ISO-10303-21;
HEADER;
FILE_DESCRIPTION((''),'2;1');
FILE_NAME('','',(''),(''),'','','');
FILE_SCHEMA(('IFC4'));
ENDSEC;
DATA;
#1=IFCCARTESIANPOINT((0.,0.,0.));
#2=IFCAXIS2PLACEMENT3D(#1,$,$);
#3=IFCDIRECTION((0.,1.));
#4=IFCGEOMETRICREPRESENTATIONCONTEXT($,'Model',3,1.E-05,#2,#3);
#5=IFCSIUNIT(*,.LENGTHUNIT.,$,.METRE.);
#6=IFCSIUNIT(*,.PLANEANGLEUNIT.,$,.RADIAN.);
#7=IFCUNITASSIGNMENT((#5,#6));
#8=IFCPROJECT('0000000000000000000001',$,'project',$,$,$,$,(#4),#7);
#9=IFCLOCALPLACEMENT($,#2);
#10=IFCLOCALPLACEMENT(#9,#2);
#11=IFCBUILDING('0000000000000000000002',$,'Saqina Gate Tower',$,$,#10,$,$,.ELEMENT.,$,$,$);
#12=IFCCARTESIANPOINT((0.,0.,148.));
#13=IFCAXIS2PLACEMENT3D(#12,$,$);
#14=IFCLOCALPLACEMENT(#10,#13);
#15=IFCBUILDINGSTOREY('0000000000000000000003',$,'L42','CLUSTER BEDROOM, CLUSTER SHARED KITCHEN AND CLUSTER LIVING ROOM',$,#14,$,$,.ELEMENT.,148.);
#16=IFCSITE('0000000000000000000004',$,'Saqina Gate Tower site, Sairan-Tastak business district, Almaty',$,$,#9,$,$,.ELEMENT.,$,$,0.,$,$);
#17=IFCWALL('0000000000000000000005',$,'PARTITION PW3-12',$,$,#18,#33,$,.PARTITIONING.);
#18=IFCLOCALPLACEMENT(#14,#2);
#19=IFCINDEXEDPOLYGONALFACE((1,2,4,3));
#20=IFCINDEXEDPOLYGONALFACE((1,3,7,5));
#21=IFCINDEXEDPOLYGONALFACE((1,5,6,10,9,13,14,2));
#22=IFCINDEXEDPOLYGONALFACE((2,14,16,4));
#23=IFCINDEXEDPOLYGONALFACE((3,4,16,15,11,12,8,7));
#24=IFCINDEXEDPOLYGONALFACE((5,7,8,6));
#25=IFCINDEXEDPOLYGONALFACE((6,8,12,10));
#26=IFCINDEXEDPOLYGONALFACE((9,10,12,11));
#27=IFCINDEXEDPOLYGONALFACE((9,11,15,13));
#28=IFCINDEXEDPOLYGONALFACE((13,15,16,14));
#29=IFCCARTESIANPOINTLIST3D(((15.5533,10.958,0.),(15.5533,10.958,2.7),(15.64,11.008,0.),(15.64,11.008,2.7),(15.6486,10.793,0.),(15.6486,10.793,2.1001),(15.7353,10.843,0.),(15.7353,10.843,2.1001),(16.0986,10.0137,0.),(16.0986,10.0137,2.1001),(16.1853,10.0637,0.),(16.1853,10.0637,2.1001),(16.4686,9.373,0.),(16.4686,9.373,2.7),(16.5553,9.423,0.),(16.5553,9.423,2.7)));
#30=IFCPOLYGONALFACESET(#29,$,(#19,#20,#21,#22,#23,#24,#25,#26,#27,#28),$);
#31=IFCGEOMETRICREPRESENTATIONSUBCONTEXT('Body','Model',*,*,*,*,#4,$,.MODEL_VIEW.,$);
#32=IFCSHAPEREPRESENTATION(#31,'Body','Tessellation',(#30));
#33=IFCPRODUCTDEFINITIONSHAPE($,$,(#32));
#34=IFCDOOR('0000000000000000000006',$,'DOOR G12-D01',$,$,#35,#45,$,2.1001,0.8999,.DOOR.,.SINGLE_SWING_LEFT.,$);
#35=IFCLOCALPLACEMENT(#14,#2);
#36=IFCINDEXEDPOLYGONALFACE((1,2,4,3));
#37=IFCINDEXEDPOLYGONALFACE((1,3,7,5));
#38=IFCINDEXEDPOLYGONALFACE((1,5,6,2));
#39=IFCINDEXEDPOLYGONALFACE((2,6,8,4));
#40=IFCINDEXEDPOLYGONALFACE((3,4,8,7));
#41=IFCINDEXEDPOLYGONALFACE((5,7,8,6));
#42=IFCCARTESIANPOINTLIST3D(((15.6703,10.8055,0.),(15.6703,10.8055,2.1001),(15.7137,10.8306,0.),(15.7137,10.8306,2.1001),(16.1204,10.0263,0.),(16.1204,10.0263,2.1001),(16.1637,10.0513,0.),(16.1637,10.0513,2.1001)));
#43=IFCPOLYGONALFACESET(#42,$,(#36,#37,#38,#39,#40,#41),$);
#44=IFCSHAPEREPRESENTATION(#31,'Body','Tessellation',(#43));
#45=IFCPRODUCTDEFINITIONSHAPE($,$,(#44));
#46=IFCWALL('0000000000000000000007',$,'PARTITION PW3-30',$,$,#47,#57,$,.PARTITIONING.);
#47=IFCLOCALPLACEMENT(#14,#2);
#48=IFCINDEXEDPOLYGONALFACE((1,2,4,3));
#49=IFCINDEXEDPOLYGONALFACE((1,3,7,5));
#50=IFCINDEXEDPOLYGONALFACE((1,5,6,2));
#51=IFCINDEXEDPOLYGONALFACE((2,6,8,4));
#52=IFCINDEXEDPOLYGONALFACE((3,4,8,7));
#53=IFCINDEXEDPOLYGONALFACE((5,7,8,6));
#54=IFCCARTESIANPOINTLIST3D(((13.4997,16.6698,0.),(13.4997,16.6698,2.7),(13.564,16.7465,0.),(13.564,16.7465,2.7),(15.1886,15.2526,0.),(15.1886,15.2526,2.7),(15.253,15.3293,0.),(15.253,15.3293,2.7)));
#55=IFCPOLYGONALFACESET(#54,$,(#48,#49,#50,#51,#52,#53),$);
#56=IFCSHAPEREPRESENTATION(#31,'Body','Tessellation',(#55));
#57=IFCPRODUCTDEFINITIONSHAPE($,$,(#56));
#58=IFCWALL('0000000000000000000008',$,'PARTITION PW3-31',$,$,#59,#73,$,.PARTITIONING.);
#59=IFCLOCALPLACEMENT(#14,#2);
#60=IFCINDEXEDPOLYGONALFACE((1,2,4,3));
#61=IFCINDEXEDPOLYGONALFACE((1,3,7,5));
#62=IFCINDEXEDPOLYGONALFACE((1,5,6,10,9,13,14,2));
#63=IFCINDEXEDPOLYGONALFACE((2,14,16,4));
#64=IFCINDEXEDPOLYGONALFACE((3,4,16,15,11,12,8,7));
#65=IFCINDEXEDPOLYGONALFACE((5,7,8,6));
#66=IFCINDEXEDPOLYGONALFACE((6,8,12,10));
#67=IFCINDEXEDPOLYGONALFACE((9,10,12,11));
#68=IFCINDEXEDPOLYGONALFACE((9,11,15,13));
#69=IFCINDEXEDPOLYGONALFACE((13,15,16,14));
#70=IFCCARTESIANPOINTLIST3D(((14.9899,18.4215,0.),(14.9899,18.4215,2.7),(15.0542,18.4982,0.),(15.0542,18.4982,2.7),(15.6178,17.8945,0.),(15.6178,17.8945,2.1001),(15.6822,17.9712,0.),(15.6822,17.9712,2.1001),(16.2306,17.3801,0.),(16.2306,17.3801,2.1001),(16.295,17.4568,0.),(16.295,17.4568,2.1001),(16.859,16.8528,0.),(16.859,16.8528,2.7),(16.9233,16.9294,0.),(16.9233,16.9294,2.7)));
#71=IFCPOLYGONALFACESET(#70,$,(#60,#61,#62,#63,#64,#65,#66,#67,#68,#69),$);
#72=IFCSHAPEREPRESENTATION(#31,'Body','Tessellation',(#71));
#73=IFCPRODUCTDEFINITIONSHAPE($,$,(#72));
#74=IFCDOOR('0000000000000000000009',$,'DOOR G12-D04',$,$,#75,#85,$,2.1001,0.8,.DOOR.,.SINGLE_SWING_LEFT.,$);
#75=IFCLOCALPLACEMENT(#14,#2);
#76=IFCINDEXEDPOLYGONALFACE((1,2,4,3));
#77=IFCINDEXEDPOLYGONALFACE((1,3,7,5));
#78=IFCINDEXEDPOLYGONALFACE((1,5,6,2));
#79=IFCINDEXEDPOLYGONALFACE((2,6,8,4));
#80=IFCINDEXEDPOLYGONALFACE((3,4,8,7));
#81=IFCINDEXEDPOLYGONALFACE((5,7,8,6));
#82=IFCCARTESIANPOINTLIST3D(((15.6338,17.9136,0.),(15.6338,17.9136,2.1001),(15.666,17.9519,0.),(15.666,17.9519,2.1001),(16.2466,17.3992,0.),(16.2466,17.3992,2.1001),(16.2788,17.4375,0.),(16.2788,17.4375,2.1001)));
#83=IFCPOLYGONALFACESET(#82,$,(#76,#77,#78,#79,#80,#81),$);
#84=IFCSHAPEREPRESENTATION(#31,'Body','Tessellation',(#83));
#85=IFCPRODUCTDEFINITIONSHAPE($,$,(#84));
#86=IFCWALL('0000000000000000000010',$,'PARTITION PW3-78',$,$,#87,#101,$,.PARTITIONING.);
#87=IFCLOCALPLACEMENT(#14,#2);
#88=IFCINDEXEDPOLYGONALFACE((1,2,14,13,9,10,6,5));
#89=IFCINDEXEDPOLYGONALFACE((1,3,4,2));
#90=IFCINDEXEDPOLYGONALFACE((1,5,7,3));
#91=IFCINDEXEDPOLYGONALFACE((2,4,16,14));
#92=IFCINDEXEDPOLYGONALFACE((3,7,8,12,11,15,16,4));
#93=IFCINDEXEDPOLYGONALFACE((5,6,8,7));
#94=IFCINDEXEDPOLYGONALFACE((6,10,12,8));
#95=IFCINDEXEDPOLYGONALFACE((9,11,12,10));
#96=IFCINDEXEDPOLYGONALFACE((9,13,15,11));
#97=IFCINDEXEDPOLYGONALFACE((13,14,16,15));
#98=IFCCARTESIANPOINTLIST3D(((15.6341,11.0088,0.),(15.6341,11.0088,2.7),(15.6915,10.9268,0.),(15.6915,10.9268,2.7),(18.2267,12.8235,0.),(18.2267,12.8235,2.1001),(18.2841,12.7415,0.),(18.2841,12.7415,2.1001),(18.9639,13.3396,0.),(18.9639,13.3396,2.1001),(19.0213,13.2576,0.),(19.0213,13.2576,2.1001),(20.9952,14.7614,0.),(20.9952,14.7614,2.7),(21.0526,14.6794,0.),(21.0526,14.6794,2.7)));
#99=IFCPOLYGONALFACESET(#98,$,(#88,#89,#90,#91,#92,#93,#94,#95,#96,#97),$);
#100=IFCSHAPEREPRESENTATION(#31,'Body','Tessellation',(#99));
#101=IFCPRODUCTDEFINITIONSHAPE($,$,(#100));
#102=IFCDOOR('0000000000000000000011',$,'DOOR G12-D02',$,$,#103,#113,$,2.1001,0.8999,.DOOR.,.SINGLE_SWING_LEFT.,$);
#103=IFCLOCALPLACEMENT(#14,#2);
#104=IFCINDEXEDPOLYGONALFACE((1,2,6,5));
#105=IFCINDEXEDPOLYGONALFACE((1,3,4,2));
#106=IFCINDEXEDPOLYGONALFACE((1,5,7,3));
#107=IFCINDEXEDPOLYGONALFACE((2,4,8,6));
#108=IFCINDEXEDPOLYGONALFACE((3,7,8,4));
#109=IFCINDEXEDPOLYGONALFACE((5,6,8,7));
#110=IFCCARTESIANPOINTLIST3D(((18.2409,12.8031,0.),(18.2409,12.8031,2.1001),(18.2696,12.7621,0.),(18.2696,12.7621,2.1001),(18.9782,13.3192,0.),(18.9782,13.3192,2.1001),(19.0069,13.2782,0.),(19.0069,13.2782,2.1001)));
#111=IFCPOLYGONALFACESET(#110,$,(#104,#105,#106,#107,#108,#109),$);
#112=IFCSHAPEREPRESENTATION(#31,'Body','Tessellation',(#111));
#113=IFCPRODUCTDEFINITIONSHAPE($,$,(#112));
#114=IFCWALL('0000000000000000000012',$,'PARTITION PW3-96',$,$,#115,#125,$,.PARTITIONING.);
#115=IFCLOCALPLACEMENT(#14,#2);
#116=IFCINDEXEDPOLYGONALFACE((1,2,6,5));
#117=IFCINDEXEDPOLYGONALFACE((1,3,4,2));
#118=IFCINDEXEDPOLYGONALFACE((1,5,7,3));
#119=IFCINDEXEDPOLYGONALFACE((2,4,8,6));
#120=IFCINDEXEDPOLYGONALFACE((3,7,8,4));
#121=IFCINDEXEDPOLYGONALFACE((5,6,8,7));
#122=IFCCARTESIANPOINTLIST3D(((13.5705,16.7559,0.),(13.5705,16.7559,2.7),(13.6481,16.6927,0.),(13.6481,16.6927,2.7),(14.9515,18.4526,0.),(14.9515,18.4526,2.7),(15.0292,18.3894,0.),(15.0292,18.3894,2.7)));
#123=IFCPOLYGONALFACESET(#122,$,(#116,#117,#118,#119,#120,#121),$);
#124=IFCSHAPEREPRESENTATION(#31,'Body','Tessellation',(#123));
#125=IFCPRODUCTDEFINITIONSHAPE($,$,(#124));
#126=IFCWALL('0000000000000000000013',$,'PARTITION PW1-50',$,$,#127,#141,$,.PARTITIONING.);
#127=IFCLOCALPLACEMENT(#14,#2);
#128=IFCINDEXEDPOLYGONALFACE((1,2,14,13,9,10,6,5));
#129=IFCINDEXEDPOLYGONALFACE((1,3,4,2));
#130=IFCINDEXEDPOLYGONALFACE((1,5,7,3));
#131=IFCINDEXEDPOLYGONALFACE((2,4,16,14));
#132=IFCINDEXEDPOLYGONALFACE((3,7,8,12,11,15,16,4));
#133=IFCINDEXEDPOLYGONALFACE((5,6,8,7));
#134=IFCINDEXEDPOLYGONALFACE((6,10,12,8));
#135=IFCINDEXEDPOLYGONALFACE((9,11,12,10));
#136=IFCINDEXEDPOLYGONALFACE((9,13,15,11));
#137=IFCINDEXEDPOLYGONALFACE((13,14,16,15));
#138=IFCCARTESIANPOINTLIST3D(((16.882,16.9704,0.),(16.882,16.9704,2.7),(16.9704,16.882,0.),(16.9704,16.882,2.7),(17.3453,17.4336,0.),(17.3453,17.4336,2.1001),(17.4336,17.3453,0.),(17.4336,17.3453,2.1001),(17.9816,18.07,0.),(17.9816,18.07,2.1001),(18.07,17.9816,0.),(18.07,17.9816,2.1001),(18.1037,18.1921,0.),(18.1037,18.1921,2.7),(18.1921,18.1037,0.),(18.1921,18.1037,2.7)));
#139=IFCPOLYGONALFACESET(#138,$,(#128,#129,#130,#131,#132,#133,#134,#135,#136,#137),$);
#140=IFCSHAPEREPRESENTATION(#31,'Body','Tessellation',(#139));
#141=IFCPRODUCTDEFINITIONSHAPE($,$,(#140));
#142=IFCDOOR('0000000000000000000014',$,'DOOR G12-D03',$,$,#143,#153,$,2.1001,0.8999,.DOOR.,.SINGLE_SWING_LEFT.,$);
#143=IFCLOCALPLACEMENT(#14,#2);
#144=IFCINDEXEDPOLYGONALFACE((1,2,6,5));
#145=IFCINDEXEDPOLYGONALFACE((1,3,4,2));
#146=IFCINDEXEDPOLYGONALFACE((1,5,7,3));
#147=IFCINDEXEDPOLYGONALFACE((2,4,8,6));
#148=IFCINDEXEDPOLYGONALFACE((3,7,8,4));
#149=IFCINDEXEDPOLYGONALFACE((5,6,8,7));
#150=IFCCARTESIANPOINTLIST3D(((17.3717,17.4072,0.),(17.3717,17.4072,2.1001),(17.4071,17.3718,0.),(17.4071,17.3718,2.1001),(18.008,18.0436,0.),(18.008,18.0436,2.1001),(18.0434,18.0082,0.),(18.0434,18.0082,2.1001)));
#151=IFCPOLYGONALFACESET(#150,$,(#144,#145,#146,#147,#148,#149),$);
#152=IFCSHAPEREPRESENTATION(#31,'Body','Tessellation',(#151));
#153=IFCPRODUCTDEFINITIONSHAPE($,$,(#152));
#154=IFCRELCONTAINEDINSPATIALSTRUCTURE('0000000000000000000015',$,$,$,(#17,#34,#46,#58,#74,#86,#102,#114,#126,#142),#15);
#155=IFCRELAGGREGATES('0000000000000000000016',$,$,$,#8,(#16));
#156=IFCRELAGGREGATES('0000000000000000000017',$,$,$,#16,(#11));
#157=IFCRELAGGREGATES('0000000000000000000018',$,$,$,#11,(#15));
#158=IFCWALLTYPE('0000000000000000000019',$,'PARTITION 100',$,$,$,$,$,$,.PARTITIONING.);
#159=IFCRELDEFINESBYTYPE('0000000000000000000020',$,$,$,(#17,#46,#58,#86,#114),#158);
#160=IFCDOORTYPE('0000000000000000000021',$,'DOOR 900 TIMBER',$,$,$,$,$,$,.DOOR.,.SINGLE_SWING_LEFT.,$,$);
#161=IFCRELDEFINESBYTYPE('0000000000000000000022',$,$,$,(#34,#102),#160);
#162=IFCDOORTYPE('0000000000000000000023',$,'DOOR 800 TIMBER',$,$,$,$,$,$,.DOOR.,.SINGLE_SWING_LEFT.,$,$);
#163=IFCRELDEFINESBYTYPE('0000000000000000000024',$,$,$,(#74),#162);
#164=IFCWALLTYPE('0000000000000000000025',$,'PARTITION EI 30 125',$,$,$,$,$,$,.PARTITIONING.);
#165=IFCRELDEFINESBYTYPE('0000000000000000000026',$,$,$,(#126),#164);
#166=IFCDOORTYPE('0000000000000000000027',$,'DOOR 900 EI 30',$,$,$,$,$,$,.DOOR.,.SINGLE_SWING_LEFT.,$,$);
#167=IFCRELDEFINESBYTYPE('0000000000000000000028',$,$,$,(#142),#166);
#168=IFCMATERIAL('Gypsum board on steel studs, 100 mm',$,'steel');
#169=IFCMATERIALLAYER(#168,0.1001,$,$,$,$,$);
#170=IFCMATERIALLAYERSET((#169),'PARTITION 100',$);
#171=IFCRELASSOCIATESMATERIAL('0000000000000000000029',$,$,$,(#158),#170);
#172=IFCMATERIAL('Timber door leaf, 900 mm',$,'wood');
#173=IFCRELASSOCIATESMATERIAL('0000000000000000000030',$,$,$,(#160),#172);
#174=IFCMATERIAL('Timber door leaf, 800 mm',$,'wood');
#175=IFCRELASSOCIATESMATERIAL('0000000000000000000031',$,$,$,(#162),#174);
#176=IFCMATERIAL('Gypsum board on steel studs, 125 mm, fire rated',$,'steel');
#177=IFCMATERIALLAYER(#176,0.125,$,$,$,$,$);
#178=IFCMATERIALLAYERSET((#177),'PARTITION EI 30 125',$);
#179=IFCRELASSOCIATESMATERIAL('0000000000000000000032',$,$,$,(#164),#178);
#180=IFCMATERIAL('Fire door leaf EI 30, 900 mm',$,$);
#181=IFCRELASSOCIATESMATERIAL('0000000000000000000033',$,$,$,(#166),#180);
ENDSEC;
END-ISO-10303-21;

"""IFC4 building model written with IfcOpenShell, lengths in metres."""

from ifc_helpers import new_model, si_unit, direction, frame, frame_2d, origin, place, context, subcontext, project, spatial, rectangle, extrude, material, layer, layer_set, type_object, element, fill, save


model = new_model("IFC4")

# Units and contexts
model_context = context("Model", 3, precision=1e-05, world=origin(), true_north=direction((0.0, 1.0)))
body_context = subcontext(model_context, "Body", "Model", "MODEL_VIEW")
ifc_project = project(units=[si_unit("LENGTHUNIT", "METRE"), si_unit("PLANEANGLEUNIT", "RADIAN")], contexts=[model_context])

# Site, building, storey
site_placement = place(None, origin())
site = spatial("IfcSite", under=ifc_project, at=site_placement, Name="Saqina Gate Tower site, Sairan-Tastak business district, Almaty", CompositionType="ELEMENT", RefElevation=0.0)
building_placement = place(site_placement, origin())
building = spatial("IfcBuilding", under=site, at=building_placement, Name="Saqina Gate Tower", CompositionType="ELEMENT")
storey_placement = place(building_placement, frame((0.0, 0.0, 148.0)))
storey = spatial("IfcBuildingStorey", under=building, at=storey_placement, Name="L42", Description="CLUSTER BEDROOM, CLUSTER SHARED KITCHEN AND CLUSTER LIVING ROOM", CompositionType="ELEMENT", Elevation=148.0)

# Wall, opening, door
ifc_material_1 = material(Name="Gypsum board on steel studs, 100 mm", Category="steel")
ifc_layer_1 = layer(ifc_material_1, 0.1001)
ifc_layer_set_1 = layer_set([ifc_layer_1], Name="PARTITION 100")
wall_type_1 = type_object("IfcWallType", Name="PARTITION 100", PredefinedType="PARTITIONING", material=ifc_layer_set_1)
wall_1_placement = place(storey_placement, frame((15.5967, 10.9829, 0.0), z_axis=(0.0, 0.0, 1.0), x_axis=(0.500084, -0.865977, 0.0)))
wall_1 = element("IfcWall", 1, at=wall_1_placement, inside=storey, type_object=wall_type_1, Name="PARTITION PW3-12", PredefinedType="PARTITIONING", context=body_context, shape_type="SweptSolid", body=[
    extrude(rectangle(XDim=1.8303, YDim=0.1001, at=frame_2d((0.915, 0.0))), origin(), (0.0, 0.0, 1.0), 2.7),
])
opening_1_placement = place(wall_1_placement, frame((0.1904, 0.0, 0.0)))
opening_1 = element("IfcOpeningElement", 2, at=opening_1_placement, cuts=wall_1, PredefinedType="OPENING", context=body_context, shape_type="SweptSolid", body=[
    extrude(rectangle(XDim=0.8999, YDim=2.1001, at=frame_2d((0.45, 1.05))), frame((0.0, 0.062, 0.0), z_axis=(0.0, -1.0, 0.0), x_axis=(1.0, 0.0, 0.0)), (0.0, 0.0, 1.0), 0.124),
])
ifc_material_2 = material(Name="Timber door leaf, 900 mm", Category="wood")
door_type_1 = type_object("IfcDoorType", Name="DOOR 900 TIMBER", OperationType="SINGLE_SWING_LEFT", PredefinedType="DOOR", material=ifc_material_2)
door_1_placement = place(opening_1_placement, frame((0.8999, 0.0, 0.0), z_axis=(0.0, 0.0, 1.0), x_axis=(-1.0, 0.0, 0.0)))
door_1 = element("IfcDoor", 3, at=door_1_placement, inside=storey, type_object=door_type_1, Name="DOOR G12-D01", OperationType="SINGLE_SWING_LEFT", OverallHeight=2.1001, OverallWidth=0.8999, PredefinedType="DOOR", context=body_context, shape_type="SweptSolid", body=[
    extrude(rectangle(XDim=0.8999, YDim=2.1001, at=frame_2d((0.45, 1.05))), frame((0.0, 0.0249, 0.0), z_axis=(0.0, -1.0, 0.0), x_axis=(1.0, 0.0, 0.0)), (0.0, 0.0, 1.0), 0.05),
])
fill(opening_1, door_1)

# Wall
wall_2_placement = place(storey_placement, frame((13.5317, 16.7083, 0.0), z_axis=(0.0, 0.0, 1.0), x_axis=(0.766039, -0.642795, 0.0)))
element("IfcWall", 4, at=wall_2_placement, inside=storey, type_object=wall_type_1, Name="PARTITION PW3-30", PredefinedType="PARTITIONING", context=body_context, shape_type="SweptSolid", body=[
    extrude(rectangle(XDim=2.2048, YDim=0.1001, at=frame_2d((1.1025, 0.0))), origin(), (0.0, 0.0, 1.0), 2.7),
])

# Walls, openings, doors
wall_3_placement = place(storey_placement, frame((15.022, 18.46, 0.0), z_axis=(0.0, 0.0, 1.0), x_axis=(0.765953, -0.642896, 0.0)))
wall_3 = element("IfcWall", 5, at=wall_3_placement, inside=storey, type_object=wall_type_1, Name="PARTITION PW3-31", PredefinedType="PARTITIONING", context=body_context, shape_type="SweptSolid", body=[
    extrude(rectangle(XDim=2.4402, YDim=0.1001, at=frame_2d((1.2202, 0.0))), origin(), (0.0, 0.0, 1.0), 2.7),
])
opening_2_placement = place(wall_3_placement, frame((0.8201, 0.0, 0.0)))
opening_2 = element("IfcOpeningElement", 6, at=opening_2_placement, cuts=wall_3, PredefinedType="OPENING", context=body_context, shape_type="SweptSolid", body=[
    extrude(rectangle(XDim=0.8, YDim=2.1001, at=frame_2d((0.3999, 1.05))), frame((0.0, 0.062, 0.0), z_axis=(0.0, -1.0, 0.0), x_axis=(1.0, 0.0, 0.0)), (0.0, 0.0, 1.0), 0.124),
])
ifc_material_3 = material(Name="Timber door leaf, 800 mm", Category="wood")
door_type_2 = type_object("IfcDoorType", Name="DOOR 800 TIMBER", OperationType="SINGLE_SWING_LEFT", PredefinedType="DOOR", material=ifc_material_3)
door_2_placement = place(opening_2_placement, origin())
door_2 = element("IfcDoor", 7, at=door_2_placement, inside=storey, type_object=door_type_2, Name="DOOR G12-D04", OperationType="SINGLE_SWING_LEFT", OverallHeight=2.1001, OverallWidth=0.8, PredefinedType="DOOR", context=body_context, shape_type="SweptSolid", body=[
    extrude(rectangle(XDim=0.8, YDim=2.1001, at=frame_2d((0.3999, 1.05))), frame((0.0, 0.0249, 0.0), z_axis=(0.0, -1.0, 0.0), x_axis=(1.0, 0.0, 0.0)), (0.0, 0.0, 1.0), 0.05),
])
fill(opening_2, door_2)
wall_4_placement = place(storey_placement, frame((15.6628, 10.9678, 0.0), z_axis=(0.0, 0.0, 1.0), x_axis=(0.819237, 0.573455, 0.0)))
wall_4 = element("IfcWall", 8, at=wall_4_placement, inside=storey, type_object=wall_type_1, Name="PARTITION PW3-78", PredefinedType="PARTITIONING", context=body_context, shape_type="SweptSolid", body=[
    extrude(rectangle(XDim=6.5439, YDim=0.1001, at=frame_2d((3.272, 0.0))), origin(), (0.0, 0.0, 1.0), 2.7),
])
opening_3_placement = place(wall_4_placement, frame((3.1646, 0.0, 0.0)))
opening_3 = element("IfcOpeningElement", 9, at=opening_3_placement, cuts=wall_4, PredefinedType="OPENING", context=body_context, shape_type="SweptSolid", body=[
    extrude(rectangle(XDim=0.8999, YDim=2.1001, at=frame_2d((0.45, 1.05))), frame((0.0, 0.062, 0.0), z_axis=(0.0, -1.0, 0.0), x_axis=(1.0, 0.0, 0.0)), (0.0, 0.0, 1.0), 0.124),
])
door_3_placement = place(opening_3_placement, frame((0.8999, 0.0, 0.0), z_axis=(0.0, 0.0, 1.0), x_axis=(-1.0, 0.0, 0.0)))
door_3 = element("IfcDoor", 10, at=door_3_placement, inside=storey, type_object=door_type_1, Name="DOOR G12-D02", OperationType="SINGLE_SWING_LEFT", OverallHeight=2.1001, OverallWidth=0.8999, PredefinedType="DOOR", context=body_context, shape_type="SweptSolid", body=[
    extrude(rectangle(XDim=0.8999, YDim=2.1001, at=frame_2d((0.45, 1.05))), frame((0.0, 0.0249, 0.0), z_axis=(0.0, -1.0, 0.0), x_axis=(1.0, 0.0, 0.0)), (0.0, 0.0, 1.0), 0.05),
])
fill(opening_3, door_3)

# Wall
wall_5_placement = place(storey_placement, frame((13.6094, 16.7244, 0.0), z_axis=(0.0, 0.0, 1.0), x_axis=(0.631273, 0.775561, 0.0)))
element("IfcWall", 11, at=wall_5_placement, inside=storey, type_object=wall_type_1, Name="PARTITION PW3-96", PredefinedType="PARTITIONING", context=body_context, shape_type="SweptSolid", body=[
    extrude(rectangle(XDim=2.1877, YDim=0.1001, at=frame_2d((1.0938, 0.0))), origin(), (0.0, 0.0, 1.0), 2.7),
])

# Wall, opening, door
ifc_material_4 = material(Name="Gypsum board on steel studs, 125 mm, fire rated", Category="steel")
ifc_layer_2 = layer(ifc_material_4, 0.125)
ifc_layer_set_2 = layer_set([ifc_layer_2], Name="PARTITION EI 30 125")
wall_type_2 = type_object("IfcWallType", Name="PARTITION EI 30 125", PredefinedType="PARTITIONING", material=ifc_layer_set_2)
wall_6_placement = place(storey_placement, frame((16.9263, 16.9263, 0.0), z_axis=(0.0, 0.0, 1.0), x_axis=(0.707107, 0.707107, 0.0)))
wall_6 = element("IfcWall", 12, at=wall_6_placement, inside=storey, type_object=wall_type_2, Name="PARTITION PW1-50", PredefinedType="PARTITIONING", context=body_context, shape_type="SweptSolid", body=[
    extrude(rectangle(XDim=1.7278, YDim=0.125, at=frame_2d((0.8638, 0.0))), origin(), (0.0, 0.0, 1.0), 2.7),
])
opening_4_placement = place(wall_6_placement, frame((0.655, 0.0, 0.0)))
opening_4 = element("IfcOpeningElement", 13, at=opening_4_placement, cuts=wall_6, PredefinedType="OPENING", context=body_context, shape_type="SweptSolid", body=[
    extrude(rectangle(XDim=0.8999, YDim=2.1001, at=frame_2d((0.45, 1.05))), frame((0.0, 0.0745, 0.0), z_axis=(0.0, -1.0, 0.0), x_axis=(1.0, 0.0, 0.0)), (0.0, 0.0, 1.0), 0.1489),
])
ifc_material_5 = material(Name="Fire door leaf EI 30, 900 mm")
door_type_3 = type_object("IfcDoorType", Name="DOOR 900 EI 30", OperationType="SINGLE_SWING_LEFT", PredefinedType="DOOR", material=ifc_material_5)
door_4_placement = place(opening_4_placement, frame((0.8999, 0.0, 0.0), z_axis=(0.0, 0.0, 1.0), x_axis=(-1.0, 0.0, 0.0)))
door_4 = element("IfcDoor", 14, at=door_4_placement, inside=storey, type_object=door_type_3, Name="DOOR G12-D03", OperationType="SINGLE_SWING_LEFT", OverallHeight=2.1001, OverallWidth=0.8999, PredefinedType="DOOR", context=body_context, shape_type="SweptSolid", body=[
    extrude(rectangle(XDim=0.8999, YDim=2.1001, at=frame_2d((0.45, 1.05))), frame((0.0, 0.0249, 0.0), z_axis=(0.0, -1.0, 0.0), x_axis=(1.0, 0.0, 0.0)), (0.0, 0.0, 1.0), 0.05),
])
fill(opening_4, door_4)

save(model, "model.ifc")
